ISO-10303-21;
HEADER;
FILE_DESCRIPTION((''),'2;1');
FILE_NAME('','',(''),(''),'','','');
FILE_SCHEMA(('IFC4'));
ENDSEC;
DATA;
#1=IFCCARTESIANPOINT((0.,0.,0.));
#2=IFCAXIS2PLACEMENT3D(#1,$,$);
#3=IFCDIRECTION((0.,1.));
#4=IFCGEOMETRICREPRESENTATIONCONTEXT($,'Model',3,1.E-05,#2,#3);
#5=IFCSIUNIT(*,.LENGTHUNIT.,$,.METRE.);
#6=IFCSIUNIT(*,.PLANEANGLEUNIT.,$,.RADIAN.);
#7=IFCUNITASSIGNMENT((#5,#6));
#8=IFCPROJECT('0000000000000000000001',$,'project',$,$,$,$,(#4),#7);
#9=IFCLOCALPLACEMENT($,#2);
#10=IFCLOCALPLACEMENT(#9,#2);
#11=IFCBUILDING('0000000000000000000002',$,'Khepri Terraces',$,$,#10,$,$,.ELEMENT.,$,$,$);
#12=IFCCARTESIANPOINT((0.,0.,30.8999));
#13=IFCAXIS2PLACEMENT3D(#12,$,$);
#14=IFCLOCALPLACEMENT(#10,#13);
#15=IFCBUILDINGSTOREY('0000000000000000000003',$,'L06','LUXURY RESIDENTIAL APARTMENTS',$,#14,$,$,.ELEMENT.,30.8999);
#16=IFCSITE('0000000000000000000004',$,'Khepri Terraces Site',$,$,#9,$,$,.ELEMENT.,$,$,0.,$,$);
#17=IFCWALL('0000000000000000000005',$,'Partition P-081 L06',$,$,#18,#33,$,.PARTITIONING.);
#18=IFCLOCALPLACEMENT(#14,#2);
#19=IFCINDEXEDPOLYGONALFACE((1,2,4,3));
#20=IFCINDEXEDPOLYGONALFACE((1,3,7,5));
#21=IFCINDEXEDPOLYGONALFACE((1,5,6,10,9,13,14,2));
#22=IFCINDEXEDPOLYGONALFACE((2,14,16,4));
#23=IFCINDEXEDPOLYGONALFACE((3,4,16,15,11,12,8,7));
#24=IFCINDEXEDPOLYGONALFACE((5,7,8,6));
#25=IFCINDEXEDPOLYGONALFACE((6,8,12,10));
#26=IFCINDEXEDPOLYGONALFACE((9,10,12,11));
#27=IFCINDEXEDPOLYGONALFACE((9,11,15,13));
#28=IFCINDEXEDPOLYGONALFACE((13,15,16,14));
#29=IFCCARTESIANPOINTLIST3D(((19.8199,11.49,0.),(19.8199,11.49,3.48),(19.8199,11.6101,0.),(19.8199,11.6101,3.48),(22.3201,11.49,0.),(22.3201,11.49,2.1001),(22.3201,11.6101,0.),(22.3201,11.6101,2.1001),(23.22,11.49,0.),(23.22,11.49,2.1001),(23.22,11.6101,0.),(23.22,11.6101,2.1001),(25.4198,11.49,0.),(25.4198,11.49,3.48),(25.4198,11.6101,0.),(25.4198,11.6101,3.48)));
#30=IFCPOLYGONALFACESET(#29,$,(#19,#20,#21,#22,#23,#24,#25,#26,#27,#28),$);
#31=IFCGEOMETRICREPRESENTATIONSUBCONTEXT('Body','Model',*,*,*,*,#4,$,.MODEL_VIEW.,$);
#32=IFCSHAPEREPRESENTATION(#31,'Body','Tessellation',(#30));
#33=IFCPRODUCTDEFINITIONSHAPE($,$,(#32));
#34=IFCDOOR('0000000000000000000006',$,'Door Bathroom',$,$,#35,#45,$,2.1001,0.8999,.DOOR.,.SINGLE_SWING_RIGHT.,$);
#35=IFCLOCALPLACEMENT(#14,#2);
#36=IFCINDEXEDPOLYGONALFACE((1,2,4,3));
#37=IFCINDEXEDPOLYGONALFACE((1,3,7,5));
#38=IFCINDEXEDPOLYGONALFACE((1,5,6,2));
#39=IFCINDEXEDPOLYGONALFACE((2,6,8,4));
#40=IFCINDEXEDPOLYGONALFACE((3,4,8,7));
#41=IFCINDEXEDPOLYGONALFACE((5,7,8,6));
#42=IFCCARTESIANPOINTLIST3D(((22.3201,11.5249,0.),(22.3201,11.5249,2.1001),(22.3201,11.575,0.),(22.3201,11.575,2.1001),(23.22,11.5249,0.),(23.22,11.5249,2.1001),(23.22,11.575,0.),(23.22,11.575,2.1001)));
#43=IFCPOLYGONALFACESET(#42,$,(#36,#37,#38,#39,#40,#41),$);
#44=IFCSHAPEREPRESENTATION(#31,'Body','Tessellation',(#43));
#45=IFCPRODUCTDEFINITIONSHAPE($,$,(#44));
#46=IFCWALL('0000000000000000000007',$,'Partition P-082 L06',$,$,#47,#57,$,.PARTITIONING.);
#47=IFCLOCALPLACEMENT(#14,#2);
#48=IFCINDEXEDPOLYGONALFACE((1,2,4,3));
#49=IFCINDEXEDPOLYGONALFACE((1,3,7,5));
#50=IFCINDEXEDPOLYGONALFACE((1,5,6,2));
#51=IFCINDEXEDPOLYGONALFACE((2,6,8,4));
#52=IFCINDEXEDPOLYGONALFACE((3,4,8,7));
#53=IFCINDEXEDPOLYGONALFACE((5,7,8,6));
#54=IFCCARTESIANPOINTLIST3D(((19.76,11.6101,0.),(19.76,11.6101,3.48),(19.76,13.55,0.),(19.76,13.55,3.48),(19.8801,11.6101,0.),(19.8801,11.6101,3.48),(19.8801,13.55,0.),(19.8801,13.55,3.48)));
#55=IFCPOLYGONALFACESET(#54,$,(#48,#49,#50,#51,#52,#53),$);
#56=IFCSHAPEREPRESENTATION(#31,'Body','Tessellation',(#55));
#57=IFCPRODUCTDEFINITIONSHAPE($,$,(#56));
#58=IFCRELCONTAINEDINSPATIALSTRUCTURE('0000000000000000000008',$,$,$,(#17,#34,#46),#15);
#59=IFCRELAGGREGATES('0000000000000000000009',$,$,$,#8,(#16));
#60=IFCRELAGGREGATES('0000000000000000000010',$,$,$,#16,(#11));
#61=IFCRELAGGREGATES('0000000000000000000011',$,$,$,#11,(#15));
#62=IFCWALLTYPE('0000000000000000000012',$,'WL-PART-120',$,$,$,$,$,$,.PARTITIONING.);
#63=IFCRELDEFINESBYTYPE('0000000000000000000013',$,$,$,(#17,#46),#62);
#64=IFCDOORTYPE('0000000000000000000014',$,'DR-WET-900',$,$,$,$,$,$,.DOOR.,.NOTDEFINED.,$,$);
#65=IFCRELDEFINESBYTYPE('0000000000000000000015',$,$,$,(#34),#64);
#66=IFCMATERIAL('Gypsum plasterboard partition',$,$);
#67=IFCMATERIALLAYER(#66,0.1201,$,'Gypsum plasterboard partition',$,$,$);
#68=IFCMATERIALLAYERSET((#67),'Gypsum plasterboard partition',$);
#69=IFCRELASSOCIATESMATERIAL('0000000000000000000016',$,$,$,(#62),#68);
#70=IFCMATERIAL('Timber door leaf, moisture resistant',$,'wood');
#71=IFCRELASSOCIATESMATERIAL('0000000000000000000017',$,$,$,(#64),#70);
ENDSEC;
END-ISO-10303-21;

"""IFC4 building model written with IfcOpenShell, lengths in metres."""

from ifc_helpers import new_model, si_unit, direction, frame, frame_2d, origin, place, context, subcontext, project, spatial, rectangle, extrude, material, layer, layer_set, type_object, element, fill, save


model = new_model("IFC4")

# Units and contexts
model_context = context("Model", 3, precision=1e-05, world=origin(), true_north=direction((0.0, 1.0)))
body_context = subcontext(model_context, "Body", "Model", "MODEL_VIEW")
ifc_project = project(units=[si_unit("LENGTHUNIT", "METRE"), si_unit("PLANEANGLEUNIT", "RADIAN")], contexts=[model_context])

# Site, building, storey
site_placement = place(None, origin())
site = spatial("IfcSite", under=ifc_project, at=site_placement, Name="Khepri Terraces Site", CompositionType="ELEMENT", RefElevation=0.0)
building_placement = place(site_placement, origin())
building = spatial("IfcBuilding", under=site, at=building_placement, Name="Khepri Terraces", CompositionType="ELEMENT")
storey_placement = place(building_placement, frame((0.0, 0.0, 30.8999)))
storey = spatial("IfcBuildingStorey", under=building, at=storey_placement, Name="L06", Description="LUXURY RESIDENTIAL APARTMENTS", CompositionType="ELEMENT", Elevation=30.8999)

# Wall, opening, door
ifc_material_1 = material(Name="Gypsum plasterboard partition")
ifc_layer_1 = layer(ifc_material_1, 0.1201, Name="Gypsum plasterboard partition")
ifc_layer_set_1 = layer_set([ifc_layer_1], Name="Gypsum plasterboard partition")
wall_type_1 = type_object("IfcWallType", Name="WL-PART-120", PredefinedType="PARTITIONING", material=ifc_layer_set_1)
ifc_material_2 = material(Name="Timber door leaf, moisture resistant", Category="wood")
door_type_1 = type_object("IfcDoorType", Name="DR-WET-900", OperationType="NOTDEFINED", PredefinedType="DOOR", material=ifc_material_2)
wall_1_placement = place(storey_placement, frame((19.8201, 11.55, 0.0), z_axis=(0.0, 0.0, 1.0), x_axis=(1.0, 0.0, 0.0)))
wall_1 = element("IfcWall", 1, at=wall_1_placement, inside=storey, type_object=wall_type_1, Name="Partition P-081 L06", PredefinedType="PARTITIONING", context=body_context, shape_type="SweptSolid", body=[
    extrude(rectangle(XDim=5.5999, YDim=0.1201, at=frame_2d((2.7998, 0.0))), origin(), (0.0, 0.0, 1.0), 3.48),
])
opening_1_placement = place(wall_1_placement, frame((2.5, 0.0, 0.0)))
opening_1 = element("IfcOpeningElement", 2, at=opening_1_placement, cuts=wall_1, PredefinedType="OPENING", context=body_context, shape_type="SweptSolid", body=[
    extrude(rectangle(XDim=0.8999, YDim=2.1001, at=frame_2d((0.45, 1.05))), frame((0.0, 0.0701, 0.0), z_axis=(0.0, -1.0, 0.0), x_axis=(1.0, 0.0, 0.0)), (0.0, 0.0, 1.0), 0.1401),
])
door_1_placement = place(opening_1_placement, origin())
door_1 = element("IfcDoor", 3, at=door_1_placement, inside=storey, type_object=door_type_1, Name="Door Bathroom", OperationType="SINGLE_SWING_RIGHT", OverallHeight=2.1001, OverallWidth=0.8999, PredefinedType="DOOR", context=body_context, shape_type="SweptSolid", body=[
    extrude(rectangle(XDim=0.8999, YDim=2.1001, at=frame_2d((0.45, 1.05))), frame((0.0, 0.0249, 0.0), z_axis=(0.0, -1.0, 0.0), x_axis=(1.0, 0.0, 0.0)), (0.0, 0.0, 1.0), 0.05),
])
fill(opening_1, door_1)

# Wall
wall_2_placement = place(storey_placement, frame((19.8201, 11.6101, 0.0), z_axis=(0.0, 0.0, 1.0), x_axis=(0.0, 1.0, 0.0)))
element("IfcWall", 4, at=wall_2_placement, inside=storey, type_object=wall_type_1, Name="Partition P-082 L06", PredefinedType="PARTITIONING", context=body_context, shape_type="SweptSolid", body=[
    extrude(rectangle(XDim=1.9399, YDim=0.1201, at=frame_2d((0.97, 0.0))), origin(), (0.0, 0.0, 1.0), 3.48),
])

save(model, "model.ifc")
